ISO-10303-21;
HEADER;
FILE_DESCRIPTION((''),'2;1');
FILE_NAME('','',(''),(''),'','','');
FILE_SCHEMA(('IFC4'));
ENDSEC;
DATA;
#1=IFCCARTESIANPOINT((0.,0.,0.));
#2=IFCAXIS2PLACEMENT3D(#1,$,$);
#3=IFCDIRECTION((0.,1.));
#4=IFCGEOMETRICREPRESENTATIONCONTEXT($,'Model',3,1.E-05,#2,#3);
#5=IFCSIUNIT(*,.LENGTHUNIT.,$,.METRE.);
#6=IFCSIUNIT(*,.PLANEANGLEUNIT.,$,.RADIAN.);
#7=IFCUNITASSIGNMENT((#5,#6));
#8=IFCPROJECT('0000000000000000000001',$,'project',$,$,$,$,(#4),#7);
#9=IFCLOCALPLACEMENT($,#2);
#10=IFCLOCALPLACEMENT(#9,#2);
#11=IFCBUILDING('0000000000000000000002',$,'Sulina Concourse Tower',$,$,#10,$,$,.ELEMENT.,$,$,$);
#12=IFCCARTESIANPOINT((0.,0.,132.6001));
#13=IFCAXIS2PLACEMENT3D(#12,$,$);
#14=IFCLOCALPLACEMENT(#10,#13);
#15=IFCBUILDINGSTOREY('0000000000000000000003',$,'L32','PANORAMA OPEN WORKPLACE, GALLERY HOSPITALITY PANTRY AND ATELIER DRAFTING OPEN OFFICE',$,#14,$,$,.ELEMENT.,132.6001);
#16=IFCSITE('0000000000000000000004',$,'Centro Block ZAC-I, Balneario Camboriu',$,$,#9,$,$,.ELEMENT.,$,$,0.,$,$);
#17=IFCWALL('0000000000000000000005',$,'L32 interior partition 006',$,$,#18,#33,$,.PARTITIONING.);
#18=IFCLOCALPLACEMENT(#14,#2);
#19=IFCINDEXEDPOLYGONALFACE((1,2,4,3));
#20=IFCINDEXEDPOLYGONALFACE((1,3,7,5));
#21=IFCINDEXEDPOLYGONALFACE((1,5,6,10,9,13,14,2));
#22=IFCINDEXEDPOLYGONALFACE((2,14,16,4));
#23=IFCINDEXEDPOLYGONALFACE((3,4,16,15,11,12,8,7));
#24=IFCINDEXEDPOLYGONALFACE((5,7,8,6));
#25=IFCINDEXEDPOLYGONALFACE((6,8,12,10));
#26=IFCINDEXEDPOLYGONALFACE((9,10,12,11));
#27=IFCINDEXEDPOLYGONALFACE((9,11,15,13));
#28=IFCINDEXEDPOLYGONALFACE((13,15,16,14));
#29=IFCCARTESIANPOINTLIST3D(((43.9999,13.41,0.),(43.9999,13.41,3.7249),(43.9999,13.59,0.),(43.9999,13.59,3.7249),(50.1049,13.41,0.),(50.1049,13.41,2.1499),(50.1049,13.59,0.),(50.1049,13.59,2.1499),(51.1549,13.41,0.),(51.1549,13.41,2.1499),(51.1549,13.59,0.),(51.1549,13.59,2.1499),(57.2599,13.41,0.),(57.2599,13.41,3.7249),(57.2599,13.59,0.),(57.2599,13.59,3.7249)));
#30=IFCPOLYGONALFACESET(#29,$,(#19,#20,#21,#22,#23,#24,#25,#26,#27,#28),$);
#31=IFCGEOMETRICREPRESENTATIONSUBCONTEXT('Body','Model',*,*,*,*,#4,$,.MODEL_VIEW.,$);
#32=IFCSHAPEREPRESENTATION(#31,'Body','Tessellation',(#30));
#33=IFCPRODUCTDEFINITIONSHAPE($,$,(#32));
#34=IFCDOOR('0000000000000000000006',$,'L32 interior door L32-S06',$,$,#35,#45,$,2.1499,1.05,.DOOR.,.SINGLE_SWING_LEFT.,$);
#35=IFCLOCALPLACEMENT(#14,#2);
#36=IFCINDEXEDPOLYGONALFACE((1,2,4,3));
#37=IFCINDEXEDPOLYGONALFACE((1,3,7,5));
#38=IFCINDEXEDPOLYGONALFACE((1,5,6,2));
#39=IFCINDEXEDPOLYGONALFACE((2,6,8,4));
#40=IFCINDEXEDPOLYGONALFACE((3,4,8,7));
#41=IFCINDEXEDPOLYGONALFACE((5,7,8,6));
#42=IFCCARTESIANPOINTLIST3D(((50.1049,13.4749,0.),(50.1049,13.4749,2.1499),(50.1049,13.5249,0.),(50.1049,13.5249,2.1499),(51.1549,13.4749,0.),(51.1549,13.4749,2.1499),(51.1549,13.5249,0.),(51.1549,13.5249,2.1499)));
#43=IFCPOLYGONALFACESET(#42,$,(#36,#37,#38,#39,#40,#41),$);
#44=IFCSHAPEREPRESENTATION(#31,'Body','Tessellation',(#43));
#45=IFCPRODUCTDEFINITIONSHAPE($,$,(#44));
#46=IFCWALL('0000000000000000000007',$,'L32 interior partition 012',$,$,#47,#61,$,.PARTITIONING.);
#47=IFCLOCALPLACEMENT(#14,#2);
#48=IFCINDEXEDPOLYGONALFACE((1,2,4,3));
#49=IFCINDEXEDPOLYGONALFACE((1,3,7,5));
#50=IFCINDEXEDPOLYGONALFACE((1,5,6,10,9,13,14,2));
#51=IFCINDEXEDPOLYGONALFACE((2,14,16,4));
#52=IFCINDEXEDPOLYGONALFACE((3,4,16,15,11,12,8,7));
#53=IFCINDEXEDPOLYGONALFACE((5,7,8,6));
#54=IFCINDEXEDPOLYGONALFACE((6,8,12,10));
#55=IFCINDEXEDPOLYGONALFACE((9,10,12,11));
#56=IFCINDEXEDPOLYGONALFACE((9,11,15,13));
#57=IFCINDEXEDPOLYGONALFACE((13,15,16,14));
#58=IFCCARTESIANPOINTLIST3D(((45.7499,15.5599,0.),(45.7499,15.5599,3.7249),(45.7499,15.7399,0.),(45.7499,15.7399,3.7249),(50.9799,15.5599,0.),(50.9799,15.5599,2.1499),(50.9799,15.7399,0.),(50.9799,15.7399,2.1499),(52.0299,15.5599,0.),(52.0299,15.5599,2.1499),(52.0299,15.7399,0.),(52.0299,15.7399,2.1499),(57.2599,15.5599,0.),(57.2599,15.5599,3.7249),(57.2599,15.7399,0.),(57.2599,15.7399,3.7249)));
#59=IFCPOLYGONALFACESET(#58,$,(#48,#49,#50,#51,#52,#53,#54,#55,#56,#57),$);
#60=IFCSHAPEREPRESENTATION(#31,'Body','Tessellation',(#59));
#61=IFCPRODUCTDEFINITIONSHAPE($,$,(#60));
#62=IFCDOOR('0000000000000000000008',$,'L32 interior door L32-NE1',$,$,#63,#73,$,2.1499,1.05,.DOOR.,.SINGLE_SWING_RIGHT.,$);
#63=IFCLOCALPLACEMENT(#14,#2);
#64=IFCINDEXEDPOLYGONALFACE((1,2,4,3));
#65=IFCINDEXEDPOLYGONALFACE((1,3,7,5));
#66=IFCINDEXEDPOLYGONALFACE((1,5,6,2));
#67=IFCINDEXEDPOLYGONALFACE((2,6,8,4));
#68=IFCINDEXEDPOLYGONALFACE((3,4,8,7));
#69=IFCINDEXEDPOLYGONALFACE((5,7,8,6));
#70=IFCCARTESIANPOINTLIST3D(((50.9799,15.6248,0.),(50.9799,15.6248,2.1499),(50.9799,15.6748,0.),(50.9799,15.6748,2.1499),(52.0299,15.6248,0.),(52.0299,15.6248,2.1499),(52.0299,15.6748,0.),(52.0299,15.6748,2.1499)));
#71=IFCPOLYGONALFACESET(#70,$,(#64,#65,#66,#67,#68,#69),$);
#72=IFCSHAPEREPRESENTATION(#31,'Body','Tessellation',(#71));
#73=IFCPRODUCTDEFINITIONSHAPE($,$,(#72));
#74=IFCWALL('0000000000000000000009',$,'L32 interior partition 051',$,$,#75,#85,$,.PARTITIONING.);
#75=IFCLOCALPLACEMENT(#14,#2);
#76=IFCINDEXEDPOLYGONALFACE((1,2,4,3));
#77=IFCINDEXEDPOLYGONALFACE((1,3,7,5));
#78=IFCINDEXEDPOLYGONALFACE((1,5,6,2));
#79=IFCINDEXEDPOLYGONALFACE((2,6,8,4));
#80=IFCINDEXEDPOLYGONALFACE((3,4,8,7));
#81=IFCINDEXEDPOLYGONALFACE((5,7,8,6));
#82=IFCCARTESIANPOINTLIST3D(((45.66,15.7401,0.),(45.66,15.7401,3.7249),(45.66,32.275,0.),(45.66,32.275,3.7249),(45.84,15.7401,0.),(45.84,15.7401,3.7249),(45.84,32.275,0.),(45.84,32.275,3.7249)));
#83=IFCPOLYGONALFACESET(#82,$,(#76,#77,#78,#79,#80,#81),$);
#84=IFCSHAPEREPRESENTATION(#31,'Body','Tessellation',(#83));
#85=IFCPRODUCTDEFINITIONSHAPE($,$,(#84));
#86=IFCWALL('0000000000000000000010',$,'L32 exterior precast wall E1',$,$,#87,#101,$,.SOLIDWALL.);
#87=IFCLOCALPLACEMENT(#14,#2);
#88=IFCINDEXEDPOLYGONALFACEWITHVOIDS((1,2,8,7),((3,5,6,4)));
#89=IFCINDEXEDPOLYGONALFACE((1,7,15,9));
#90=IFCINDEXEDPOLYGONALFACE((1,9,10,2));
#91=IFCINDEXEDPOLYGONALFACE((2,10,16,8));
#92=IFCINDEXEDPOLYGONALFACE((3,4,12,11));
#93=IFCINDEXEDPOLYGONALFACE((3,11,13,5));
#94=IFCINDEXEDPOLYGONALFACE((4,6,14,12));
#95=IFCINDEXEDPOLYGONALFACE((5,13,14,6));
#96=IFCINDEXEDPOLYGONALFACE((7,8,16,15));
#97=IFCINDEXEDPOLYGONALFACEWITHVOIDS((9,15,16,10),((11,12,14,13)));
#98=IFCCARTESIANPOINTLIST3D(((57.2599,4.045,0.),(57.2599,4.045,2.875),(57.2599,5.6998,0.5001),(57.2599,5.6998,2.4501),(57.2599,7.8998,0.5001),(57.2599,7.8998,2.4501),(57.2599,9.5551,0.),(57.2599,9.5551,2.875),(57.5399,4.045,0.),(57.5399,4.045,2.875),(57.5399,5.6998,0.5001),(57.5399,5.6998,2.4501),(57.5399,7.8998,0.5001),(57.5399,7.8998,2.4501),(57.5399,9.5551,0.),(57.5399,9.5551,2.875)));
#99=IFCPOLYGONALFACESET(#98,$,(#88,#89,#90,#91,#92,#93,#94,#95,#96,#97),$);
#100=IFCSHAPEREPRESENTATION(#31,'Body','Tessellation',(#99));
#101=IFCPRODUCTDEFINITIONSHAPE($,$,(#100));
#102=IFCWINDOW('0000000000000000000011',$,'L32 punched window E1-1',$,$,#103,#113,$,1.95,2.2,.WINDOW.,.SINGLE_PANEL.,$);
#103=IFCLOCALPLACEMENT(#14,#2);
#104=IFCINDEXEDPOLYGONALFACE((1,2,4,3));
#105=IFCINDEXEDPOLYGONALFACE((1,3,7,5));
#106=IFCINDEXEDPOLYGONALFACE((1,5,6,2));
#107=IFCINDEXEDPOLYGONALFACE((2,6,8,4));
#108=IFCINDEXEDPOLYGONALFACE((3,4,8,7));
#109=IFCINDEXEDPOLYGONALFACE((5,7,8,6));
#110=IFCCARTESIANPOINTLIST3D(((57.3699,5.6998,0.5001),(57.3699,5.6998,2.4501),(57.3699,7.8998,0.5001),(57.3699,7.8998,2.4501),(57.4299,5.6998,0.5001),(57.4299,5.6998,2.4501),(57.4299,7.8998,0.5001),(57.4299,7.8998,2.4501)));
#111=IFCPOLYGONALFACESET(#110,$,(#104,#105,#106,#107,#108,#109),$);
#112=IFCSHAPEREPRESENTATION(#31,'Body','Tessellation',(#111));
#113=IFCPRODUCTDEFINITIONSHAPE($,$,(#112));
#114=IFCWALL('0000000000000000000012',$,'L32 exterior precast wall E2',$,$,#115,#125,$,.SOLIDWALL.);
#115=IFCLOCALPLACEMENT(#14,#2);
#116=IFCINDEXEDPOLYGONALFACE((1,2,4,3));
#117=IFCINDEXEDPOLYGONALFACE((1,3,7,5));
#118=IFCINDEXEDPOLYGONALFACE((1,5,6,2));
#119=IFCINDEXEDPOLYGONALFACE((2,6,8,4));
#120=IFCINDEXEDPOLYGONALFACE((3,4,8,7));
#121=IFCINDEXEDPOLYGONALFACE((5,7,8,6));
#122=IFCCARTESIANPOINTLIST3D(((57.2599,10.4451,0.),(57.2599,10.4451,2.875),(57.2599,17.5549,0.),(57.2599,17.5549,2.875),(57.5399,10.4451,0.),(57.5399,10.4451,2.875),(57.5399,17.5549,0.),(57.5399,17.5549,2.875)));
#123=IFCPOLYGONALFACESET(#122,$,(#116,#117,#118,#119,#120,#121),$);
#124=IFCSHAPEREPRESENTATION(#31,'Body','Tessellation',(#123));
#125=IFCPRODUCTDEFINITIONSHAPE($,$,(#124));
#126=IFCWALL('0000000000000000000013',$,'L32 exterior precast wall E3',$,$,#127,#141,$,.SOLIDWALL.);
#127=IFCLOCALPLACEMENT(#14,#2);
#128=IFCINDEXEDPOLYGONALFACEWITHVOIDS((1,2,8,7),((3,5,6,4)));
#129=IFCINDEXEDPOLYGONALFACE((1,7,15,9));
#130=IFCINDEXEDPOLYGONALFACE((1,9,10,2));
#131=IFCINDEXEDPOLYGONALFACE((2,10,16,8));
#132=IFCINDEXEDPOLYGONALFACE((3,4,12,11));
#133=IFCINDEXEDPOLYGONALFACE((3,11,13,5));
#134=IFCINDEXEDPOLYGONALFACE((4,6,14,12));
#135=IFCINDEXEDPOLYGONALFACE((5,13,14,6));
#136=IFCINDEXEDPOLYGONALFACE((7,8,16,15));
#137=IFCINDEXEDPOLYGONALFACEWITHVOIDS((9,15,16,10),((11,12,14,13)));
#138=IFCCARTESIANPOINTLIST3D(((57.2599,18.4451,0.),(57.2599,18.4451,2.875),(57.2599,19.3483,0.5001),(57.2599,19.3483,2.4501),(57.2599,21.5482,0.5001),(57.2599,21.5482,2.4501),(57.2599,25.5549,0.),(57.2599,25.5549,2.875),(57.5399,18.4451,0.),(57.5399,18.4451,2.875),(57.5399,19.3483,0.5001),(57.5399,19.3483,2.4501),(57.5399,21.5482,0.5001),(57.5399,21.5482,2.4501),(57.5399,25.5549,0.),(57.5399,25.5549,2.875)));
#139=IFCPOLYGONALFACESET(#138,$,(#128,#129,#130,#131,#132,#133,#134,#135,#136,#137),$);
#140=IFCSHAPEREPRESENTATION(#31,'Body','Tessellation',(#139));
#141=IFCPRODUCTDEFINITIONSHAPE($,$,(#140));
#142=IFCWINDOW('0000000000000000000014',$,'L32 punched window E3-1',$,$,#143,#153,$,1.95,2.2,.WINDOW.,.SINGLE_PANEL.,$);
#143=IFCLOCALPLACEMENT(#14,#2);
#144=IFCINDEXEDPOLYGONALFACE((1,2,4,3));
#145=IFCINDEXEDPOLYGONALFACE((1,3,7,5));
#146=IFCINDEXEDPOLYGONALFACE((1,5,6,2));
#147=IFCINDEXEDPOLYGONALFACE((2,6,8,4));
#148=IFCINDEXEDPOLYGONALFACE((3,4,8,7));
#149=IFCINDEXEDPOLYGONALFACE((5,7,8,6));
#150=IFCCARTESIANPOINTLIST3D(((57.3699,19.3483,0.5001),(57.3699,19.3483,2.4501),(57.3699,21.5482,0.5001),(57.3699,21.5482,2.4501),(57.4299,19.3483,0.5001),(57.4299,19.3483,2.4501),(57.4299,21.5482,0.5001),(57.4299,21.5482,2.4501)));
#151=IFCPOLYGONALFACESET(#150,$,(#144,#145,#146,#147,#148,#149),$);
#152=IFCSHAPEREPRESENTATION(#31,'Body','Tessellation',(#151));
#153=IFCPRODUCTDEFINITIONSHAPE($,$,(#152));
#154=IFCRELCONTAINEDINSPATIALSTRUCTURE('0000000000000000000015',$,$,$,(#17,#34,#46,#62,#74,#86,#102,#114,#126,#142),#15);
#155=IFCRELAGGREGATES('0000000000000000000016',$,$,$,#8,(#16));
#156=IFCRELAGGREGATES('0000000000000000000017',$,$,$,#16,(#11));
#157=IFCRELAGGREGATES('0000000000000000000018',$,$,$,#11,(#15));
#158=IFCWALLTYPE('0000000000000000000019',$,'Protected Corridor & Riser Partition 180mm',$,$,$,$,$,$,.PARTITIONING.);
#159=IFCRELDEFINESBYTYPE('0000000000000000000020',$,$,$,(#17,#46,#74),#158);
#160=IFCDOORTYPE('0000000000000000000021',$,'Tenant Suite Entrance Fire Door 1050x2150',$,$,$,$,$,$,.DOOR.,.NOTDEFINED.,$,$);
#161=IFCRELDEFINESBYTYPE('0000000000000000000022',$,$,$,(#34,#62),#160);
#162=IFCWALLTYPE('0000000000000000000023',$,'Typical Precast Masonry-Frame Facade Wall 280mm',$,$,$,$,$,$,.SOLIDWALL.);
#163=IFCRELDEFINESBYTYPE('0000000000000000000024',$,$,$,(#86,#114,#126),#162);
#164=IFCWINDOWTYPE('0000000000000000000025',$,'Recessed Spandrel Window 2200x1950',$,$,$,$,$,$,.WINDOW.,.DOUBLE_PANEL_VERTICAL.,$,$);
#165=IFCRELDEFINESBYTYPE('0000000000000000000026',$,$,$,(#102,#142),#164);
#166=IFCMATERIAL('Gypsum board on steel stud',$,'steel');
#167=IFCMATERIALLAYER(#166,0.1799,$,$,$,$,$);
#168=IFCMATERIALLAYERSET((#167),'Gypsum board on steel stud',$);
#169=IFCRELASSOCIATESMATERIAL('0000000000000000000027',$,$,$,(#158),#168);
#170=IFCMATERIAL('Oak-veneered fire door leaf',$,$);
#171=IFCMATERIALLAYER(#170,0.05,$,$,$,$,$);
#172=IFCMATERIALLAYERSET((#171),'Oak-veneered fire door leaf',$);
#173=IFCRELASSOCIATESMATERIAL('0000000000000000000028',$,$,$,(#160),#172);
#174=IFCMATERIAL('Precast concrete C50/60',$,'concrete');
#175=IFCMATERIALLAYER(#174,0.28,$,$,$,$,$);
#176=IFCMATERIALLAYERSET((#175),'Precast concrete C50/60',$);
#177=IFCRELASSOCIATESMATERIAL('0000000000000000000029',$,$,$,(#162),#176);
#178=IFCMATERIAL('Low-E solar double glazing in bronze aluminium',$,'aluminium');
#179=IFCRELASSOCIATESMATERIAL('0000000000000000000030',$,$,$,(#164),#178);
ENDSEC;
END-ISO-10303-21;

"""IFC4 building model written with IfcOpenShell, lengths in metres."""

from ifc_helpers import new_model, si_unit, direction, frame, frame_2d, origin, place, context, subcontext, project, spatial, rectangle, extrude, material, layer, layer_set, type_object, element, fill, save


model = new_model("IFC4")

# Units and contexts
model_context = context("Model", 3, precision=1e-05, world=origin(), true_north=direction((0.0, 1.0)))
body_context = subcontext(model_context, "Body", "Model", "MODEL_VIEW")
ifc_project = project(units=[si_unit("LENGTHUNIT", "METRE"), si_unit("PLANEANGLEUNIT", "RADIAN")], contexts=[model_context])

# Site, building, storey
site_placement = place(None, origin())
site = spatial("IfcSite", under=ifc_project, at=site_placement, Name="Centro Block ZAC-I, Balneario Camboriu", CompositionType="ELEMENT", RefElevation=0.0)
building_placement = place(site_placement, origin())
building = spatial("IfcBuilding", under=site, at=building_placement, Name="Sulina Concourse Tower", CompositionType="ELEMENT")
storey_placement = place(building_placement, frame((0.0, 0.0, 132.6001)))
storey = spatial("IfcBuildingStorey", under=building, at=storey_placement, Name="L32", Description="PANORAMA OPEN WORKPLACE, GALLERY HOSPITALITY PANTRY AND ATELIER DRAFTING OPEN OFFICE", CompositionType="ELEMENT", Elevation=132.6001)

# Walls, openings, doors
ifc_material_1 = material(Name="Gypsum board on steel stud", Category="steel")
ifc_layer_1 = layer(ifc_material_1, 0.1799)
ifc_layer_set_1 = layer_set([ifc_layer_1], Name="Gypsum board on steel stud")
wall_type_1 = type_object("IfcWallType", Name="Protected Corridor & Riser Partition 180mm", PredefinedType="PARTITIONING", material=ifc_layer_set_1)
wall_1_placement = place(storey_placement, frame((44.0, 13.5, 0.0), z_axis=(0.0, 0.0, 1.0), x_axis=(1.0, 0.0, 0.0)))
wall_1 = element("IfcWall", 1, at=wall_1_placement, inside=storey, type_object=wall_type_1, Name="L32 interior partition 006", PredefinedType="PARTITIONING", context=body_context, shape_type="SweptSolid", body=[
    extrude(rectangle(XDim=13.26, YDim=0.1799, at=frame_2d((6.6299, 0.0))), origin(), (0.0, 0.0, 1.0), 3.7249),
])
opening_1_placement = place(wall_1_placement, frame((6.105, 0.0, 0.0)))
opening_1 = element("IfcOpeningElement", 2, at=opening_1_placement, cuts=wall_1, PredefinedType="OPENING", context=body_context, shape_type="SweptSolid", body=[
    extrude(rectangle(XDim=1.05, YDim=2.1499, at=frame_2d((0.5249, 1.075))), frame((0.0, 0.0999, 0.0), z_axis=(0.0, -1.0, 0.0), x_axis=(1.0, 0.0, 0.0)), (0.0, 0.0, 1.0), 0.2),
])
ifc_material_2 = material(Name="Oak-veneered fire door leaf")
ifc_layer_2 = layer(ifc_material_2, 0.05)
ifc_layer_set_2 = layer_set([ifc_layer_2], Name="Oak-veneered fire door leaf")
door_type = type_object("IfcDoorType", Name="Tenant Suite Entrance Fire Door 1050x2150", OperationType="NOTDEFINED", PredefinedType="DOOR", material=ifc_layer_set_2)
door_1_placement = place(opening_1_placement, origin())
door_1 = element("IfcDoor", 3, at=door_1_placement, inside=storey, type_object=door_type, Name="L32 interior door L32-S06", OperationType="SINGLE_SWING_LEFT", OverallHeight=2.1499, OverallWidth=1.05, PredefinedType="DOOR", context=body_context, shape_type="SweptSolid", body=[
    extrude(rectangle(XDim=1.05, YDim=2.1499, at=frame_2d((0.5249, 1.075))), frame((0.0, 0.0249, 0.0), z_axis=(0.0, -1.0, 0.0), x_axis=(1.0, 0.0, 0.0)), (0.0, 0.0, 1.0), 0.05),
])
fill(opening_1, door_1)
wall_2_placement = place(storey_placement, frame((45.75, 15.6499, 0.0), z_axis=(0.0, 0.0, 1.0), x_axis=(1.0, 0.0, 0.0)))
wall_2 = element("IfcWall", 4, at=wall_2_placement, inside=storey, type_object=wall_type_1, Name="L32 interior partition 012", PredefinedType="PARTITIONING", context=body_context, shape_type="SweptSolid", body=[
    extrude(rectangle(XDim=11.51, YDim=0.1799, at=frame_2d((5.7549, 0.0))), origin(), (0.0, 0.0, 1.0), 3.7249),
])
opening_2_placement = place(wall_2_placement, frame((5.23, 0.0, 0.0)))
opening_2 = element("IfcOpeningElement", 5, at=opening_2_placement, cuts=wall_2, PredefinedType="OPENING", context=body_context, shape_type="SweptSolid", body=[
    extrude(rectangle(XDim=1.05, YDim=2.1499, at=frame_2d((0.5249, 1.075))), frame((0.0, 0.0999, 0.0), z_axis=(0.0, -1.0, 0.0), x_axis=(1.0, 0.0, 0.0)), (0.0, 0.0, 1.0), 0.2),
])
door_2_placement = place(opening_2_placement, origin())
door_2 = element("IfcDoor", 6, at=door_2_placement, inside=storey, type_object=door_type, Name="L32 interior door L32-NE1", OperationType="SINGLE_SWING_RIGHT", OverallHeight=2.1499, OverallWidth=1.05, PredefinedType="DOOR", context=body_context, shape_type="SweptSolid", body=[
    extrude(rectangle(XDim=1.05, YDim=2.1499, at=frame_2d((0.5249, 1.075))), frame((0.0, 0.0249, 0.0), z_axis=(0.0, -1.0, 0.0), x_axis=(1.0, 0.0, 0.0)), (0.0, 0.0, 1.0), 0.05),
])
fill(opening_2, door_2)

# Wall
wall_3_placement = place(storey_placement, frame((45.75, 15.74, 0.0), z_axis=(0.0, 0.0, 1.0), x_axis=(0.0, 1.0, 0.0)))
element("IfcWall", 7, at=wall_3_placement, inside=storey, type_object=wall_type_1, Name="L32 interior partition 051", PredefinedType="PARTITIONING", context=body_context, shape_type="SweptSolid", body=[
    extrude(rectangle(XDim=16.5349, YDim=0.1799, at=frame_2d((8.2676, 0.0))), origin(), (0.0, 0.0, 1.0), 3.7249),
])

# Wall, opening, window
ifc_material_3 = material(Name="Precast concrete C50/60", Category="concrete")
ifc_layer_3 = layer(ifc_material_3, 0.28)
ifc_layer_set_3 = layer_set([ifc_layer_3], Name="Precast concrete C50/60")
wall_type_2 = type_object("IfcWallType", Name="Typical Precast Masonry-Frame Facade Wall 280mm", PredefinedType="SOLIDWALL", material=ifc_layer_set_3)
wall_4_placement = place(storey_placement, frame((57.3999, 9.5549, 0.0), z_axis=(0.0, 0.0, 1.0), x_axis=(0.0, -1.0, 0.0)))
wall_4 = element("IfcWall", 8, at=wall_4_placement, inside=storey, type_object=wall_type_2, Name="L32 exterior precast wall E1", PredefinedType="SOLIDWALL", context=body_context, shape_type="SweptSolid", body=[
    extrude(rectangle(XDim=5.51, YDim=0.28, at=frame_2d((2.7549, 0.0))), origin(), (0.0, 0.0, 1.0), 2.875),
])
opening_3_placement = place(wall_4_placement, frame((1.655, 0.0, 0.5)))
opening_3 = element("IfcOpeningElement", 9, at=opening_3_placement, cuts=wall_4, PredefinedType="OPENING", context=body_context, shape_type="SweptSolid", body=[
    extrude(rectangle(XDim=2.2, YDim=1.95, at=frame_2d((1.1001, 0.9751))), frame((0.0, 0.1499, 0.0), z_axis=(0.0, -1.0, 0.0), x_axis=(1.0, 0.0, 0.0)), (0.0, 0.0, 1.0), 0.3),
])
ifc_material_4 = material(Name="Low-E solar double glazing in bronze aluminium", Category="aluminium")
window_type = type_object("IfcWindowType", Name="Recessed Spandrel Window 2200x1950", PartitioningType="DOUBLE_PANEL_VERTICAL", PredefinedType="WINDOW", material=ifc_material_4)
window_1_placement = place(opening_3_placement, origin())
window_1 = element("IfcWindow", 10, at=window_1_placement, inside=storey, type_object=window_type, Name="L32 punched window E1-1", OverallHeight=1.95, OverallWidth=2.2, PartitioningType="SINGLE_PANEL", PredefinedType="WINDOW", context=body_context, shape_type="SweptSolid", body=[
    extrude(rectangle(XDim=2.2, YDim=1.95, at=frame_2d((1.1001, 0.9751))), frame((0.0, 0.03, 0.0), z_axis=(0.0, -1.0, 0.0), x_axis=(1.0, 0.0, 0.0)), (0.0, 0.0, 1.0), 0.0601),
])
fill(opening_3, window_1)

# Wall
wall_5_placement = place(storey_placement, frame((57.3999, 17.5549, 0.0), z_axis=(0.0, 0.0, 1.0), x_axis=(0.0, -1.0, 0.0)))
element("IfcWall", 11, at=wall_5_placement, inside=storey, type_object=wall_type_2, Name="L32 exterior precast wall E2", PredefinedType="SOLIDWALL", context=body_context, shape_type="SweptSolid", body=[
    extrude(rectangle(XDim=7.1099, YDim=0.28, at=frame_2d((3.5549, 0.0))), origin(), (0.0, 0.0, 1.0), 2.875),
])

# Wall, opening, window
wall_6_placement = place(storey_placement, frame((57.3999, 25.5549, 0.0), z_axis=(0.0, 0.0, 1.0), x_axis=(0.0, -1.0, 0.0)))
wall_6 = element("IfcWall", 12, at=wall_6_placement, inside=storey, type_object=wall_type_2, Name="L32 exterior precast wall E3", PredefinedType="SOLIDWALL", context=body_context, shape_type="SweptSolid", body=[
    extrude(rectangle(XDim=7.1099, YDim=0.28, at=frame_2d((3.5549, 0.0))), origin(), (0.0, 0.0, 1.0), 2.875),
])
opening_4_placement = place(wall_6_placement, frame((4.0066, 0.0, 0.5)))
opening_4 = element("IfcOpeningElement", 13, at=opening_4_placement, cuts=wall_6, PredefinedType="OPENING", context=body_context, shape_type="SweptSolid", body=[
    extrude(rectangle(XDim=2.2, YDim=1.95, at=frame_2d((1.1001, 0.9751))), frame((0.0, 0.1499, 0.0), z_axis=(0.0, -1.0, 0.0), x_axis=(1.0, 0.0, 0.0)), (0.0, 0.0, 1.0), 0.3),
])
window_2_placement = place(opening_4_placement, origin())
window_2 = element("IfcWindow", 14, at=window_2_placement, inside=storey, type_object=window_type, Name="L32 punched window E3-1", OverallHeight=1.95, OverallWidth=2.2, PartitioningType="SINGLE_PANEL", PredefinedType="WINDOW", context=body_context, shape_type="SweptSolid", body=[
    extrude(rectangle(XDim=2.2, YDim=1.95, at=frame_2d((1.1001, 0.9751))), frame((0.0, 0.03, 0.0), z_axis=(0.0, -1.0, 0.0), x_axis=(1.0, 0.0, 0.0)), (0.0, 0.0, 1.0), 0.0601),
])
fill(opening_4, window_2)

save(model, "model.ifc")
